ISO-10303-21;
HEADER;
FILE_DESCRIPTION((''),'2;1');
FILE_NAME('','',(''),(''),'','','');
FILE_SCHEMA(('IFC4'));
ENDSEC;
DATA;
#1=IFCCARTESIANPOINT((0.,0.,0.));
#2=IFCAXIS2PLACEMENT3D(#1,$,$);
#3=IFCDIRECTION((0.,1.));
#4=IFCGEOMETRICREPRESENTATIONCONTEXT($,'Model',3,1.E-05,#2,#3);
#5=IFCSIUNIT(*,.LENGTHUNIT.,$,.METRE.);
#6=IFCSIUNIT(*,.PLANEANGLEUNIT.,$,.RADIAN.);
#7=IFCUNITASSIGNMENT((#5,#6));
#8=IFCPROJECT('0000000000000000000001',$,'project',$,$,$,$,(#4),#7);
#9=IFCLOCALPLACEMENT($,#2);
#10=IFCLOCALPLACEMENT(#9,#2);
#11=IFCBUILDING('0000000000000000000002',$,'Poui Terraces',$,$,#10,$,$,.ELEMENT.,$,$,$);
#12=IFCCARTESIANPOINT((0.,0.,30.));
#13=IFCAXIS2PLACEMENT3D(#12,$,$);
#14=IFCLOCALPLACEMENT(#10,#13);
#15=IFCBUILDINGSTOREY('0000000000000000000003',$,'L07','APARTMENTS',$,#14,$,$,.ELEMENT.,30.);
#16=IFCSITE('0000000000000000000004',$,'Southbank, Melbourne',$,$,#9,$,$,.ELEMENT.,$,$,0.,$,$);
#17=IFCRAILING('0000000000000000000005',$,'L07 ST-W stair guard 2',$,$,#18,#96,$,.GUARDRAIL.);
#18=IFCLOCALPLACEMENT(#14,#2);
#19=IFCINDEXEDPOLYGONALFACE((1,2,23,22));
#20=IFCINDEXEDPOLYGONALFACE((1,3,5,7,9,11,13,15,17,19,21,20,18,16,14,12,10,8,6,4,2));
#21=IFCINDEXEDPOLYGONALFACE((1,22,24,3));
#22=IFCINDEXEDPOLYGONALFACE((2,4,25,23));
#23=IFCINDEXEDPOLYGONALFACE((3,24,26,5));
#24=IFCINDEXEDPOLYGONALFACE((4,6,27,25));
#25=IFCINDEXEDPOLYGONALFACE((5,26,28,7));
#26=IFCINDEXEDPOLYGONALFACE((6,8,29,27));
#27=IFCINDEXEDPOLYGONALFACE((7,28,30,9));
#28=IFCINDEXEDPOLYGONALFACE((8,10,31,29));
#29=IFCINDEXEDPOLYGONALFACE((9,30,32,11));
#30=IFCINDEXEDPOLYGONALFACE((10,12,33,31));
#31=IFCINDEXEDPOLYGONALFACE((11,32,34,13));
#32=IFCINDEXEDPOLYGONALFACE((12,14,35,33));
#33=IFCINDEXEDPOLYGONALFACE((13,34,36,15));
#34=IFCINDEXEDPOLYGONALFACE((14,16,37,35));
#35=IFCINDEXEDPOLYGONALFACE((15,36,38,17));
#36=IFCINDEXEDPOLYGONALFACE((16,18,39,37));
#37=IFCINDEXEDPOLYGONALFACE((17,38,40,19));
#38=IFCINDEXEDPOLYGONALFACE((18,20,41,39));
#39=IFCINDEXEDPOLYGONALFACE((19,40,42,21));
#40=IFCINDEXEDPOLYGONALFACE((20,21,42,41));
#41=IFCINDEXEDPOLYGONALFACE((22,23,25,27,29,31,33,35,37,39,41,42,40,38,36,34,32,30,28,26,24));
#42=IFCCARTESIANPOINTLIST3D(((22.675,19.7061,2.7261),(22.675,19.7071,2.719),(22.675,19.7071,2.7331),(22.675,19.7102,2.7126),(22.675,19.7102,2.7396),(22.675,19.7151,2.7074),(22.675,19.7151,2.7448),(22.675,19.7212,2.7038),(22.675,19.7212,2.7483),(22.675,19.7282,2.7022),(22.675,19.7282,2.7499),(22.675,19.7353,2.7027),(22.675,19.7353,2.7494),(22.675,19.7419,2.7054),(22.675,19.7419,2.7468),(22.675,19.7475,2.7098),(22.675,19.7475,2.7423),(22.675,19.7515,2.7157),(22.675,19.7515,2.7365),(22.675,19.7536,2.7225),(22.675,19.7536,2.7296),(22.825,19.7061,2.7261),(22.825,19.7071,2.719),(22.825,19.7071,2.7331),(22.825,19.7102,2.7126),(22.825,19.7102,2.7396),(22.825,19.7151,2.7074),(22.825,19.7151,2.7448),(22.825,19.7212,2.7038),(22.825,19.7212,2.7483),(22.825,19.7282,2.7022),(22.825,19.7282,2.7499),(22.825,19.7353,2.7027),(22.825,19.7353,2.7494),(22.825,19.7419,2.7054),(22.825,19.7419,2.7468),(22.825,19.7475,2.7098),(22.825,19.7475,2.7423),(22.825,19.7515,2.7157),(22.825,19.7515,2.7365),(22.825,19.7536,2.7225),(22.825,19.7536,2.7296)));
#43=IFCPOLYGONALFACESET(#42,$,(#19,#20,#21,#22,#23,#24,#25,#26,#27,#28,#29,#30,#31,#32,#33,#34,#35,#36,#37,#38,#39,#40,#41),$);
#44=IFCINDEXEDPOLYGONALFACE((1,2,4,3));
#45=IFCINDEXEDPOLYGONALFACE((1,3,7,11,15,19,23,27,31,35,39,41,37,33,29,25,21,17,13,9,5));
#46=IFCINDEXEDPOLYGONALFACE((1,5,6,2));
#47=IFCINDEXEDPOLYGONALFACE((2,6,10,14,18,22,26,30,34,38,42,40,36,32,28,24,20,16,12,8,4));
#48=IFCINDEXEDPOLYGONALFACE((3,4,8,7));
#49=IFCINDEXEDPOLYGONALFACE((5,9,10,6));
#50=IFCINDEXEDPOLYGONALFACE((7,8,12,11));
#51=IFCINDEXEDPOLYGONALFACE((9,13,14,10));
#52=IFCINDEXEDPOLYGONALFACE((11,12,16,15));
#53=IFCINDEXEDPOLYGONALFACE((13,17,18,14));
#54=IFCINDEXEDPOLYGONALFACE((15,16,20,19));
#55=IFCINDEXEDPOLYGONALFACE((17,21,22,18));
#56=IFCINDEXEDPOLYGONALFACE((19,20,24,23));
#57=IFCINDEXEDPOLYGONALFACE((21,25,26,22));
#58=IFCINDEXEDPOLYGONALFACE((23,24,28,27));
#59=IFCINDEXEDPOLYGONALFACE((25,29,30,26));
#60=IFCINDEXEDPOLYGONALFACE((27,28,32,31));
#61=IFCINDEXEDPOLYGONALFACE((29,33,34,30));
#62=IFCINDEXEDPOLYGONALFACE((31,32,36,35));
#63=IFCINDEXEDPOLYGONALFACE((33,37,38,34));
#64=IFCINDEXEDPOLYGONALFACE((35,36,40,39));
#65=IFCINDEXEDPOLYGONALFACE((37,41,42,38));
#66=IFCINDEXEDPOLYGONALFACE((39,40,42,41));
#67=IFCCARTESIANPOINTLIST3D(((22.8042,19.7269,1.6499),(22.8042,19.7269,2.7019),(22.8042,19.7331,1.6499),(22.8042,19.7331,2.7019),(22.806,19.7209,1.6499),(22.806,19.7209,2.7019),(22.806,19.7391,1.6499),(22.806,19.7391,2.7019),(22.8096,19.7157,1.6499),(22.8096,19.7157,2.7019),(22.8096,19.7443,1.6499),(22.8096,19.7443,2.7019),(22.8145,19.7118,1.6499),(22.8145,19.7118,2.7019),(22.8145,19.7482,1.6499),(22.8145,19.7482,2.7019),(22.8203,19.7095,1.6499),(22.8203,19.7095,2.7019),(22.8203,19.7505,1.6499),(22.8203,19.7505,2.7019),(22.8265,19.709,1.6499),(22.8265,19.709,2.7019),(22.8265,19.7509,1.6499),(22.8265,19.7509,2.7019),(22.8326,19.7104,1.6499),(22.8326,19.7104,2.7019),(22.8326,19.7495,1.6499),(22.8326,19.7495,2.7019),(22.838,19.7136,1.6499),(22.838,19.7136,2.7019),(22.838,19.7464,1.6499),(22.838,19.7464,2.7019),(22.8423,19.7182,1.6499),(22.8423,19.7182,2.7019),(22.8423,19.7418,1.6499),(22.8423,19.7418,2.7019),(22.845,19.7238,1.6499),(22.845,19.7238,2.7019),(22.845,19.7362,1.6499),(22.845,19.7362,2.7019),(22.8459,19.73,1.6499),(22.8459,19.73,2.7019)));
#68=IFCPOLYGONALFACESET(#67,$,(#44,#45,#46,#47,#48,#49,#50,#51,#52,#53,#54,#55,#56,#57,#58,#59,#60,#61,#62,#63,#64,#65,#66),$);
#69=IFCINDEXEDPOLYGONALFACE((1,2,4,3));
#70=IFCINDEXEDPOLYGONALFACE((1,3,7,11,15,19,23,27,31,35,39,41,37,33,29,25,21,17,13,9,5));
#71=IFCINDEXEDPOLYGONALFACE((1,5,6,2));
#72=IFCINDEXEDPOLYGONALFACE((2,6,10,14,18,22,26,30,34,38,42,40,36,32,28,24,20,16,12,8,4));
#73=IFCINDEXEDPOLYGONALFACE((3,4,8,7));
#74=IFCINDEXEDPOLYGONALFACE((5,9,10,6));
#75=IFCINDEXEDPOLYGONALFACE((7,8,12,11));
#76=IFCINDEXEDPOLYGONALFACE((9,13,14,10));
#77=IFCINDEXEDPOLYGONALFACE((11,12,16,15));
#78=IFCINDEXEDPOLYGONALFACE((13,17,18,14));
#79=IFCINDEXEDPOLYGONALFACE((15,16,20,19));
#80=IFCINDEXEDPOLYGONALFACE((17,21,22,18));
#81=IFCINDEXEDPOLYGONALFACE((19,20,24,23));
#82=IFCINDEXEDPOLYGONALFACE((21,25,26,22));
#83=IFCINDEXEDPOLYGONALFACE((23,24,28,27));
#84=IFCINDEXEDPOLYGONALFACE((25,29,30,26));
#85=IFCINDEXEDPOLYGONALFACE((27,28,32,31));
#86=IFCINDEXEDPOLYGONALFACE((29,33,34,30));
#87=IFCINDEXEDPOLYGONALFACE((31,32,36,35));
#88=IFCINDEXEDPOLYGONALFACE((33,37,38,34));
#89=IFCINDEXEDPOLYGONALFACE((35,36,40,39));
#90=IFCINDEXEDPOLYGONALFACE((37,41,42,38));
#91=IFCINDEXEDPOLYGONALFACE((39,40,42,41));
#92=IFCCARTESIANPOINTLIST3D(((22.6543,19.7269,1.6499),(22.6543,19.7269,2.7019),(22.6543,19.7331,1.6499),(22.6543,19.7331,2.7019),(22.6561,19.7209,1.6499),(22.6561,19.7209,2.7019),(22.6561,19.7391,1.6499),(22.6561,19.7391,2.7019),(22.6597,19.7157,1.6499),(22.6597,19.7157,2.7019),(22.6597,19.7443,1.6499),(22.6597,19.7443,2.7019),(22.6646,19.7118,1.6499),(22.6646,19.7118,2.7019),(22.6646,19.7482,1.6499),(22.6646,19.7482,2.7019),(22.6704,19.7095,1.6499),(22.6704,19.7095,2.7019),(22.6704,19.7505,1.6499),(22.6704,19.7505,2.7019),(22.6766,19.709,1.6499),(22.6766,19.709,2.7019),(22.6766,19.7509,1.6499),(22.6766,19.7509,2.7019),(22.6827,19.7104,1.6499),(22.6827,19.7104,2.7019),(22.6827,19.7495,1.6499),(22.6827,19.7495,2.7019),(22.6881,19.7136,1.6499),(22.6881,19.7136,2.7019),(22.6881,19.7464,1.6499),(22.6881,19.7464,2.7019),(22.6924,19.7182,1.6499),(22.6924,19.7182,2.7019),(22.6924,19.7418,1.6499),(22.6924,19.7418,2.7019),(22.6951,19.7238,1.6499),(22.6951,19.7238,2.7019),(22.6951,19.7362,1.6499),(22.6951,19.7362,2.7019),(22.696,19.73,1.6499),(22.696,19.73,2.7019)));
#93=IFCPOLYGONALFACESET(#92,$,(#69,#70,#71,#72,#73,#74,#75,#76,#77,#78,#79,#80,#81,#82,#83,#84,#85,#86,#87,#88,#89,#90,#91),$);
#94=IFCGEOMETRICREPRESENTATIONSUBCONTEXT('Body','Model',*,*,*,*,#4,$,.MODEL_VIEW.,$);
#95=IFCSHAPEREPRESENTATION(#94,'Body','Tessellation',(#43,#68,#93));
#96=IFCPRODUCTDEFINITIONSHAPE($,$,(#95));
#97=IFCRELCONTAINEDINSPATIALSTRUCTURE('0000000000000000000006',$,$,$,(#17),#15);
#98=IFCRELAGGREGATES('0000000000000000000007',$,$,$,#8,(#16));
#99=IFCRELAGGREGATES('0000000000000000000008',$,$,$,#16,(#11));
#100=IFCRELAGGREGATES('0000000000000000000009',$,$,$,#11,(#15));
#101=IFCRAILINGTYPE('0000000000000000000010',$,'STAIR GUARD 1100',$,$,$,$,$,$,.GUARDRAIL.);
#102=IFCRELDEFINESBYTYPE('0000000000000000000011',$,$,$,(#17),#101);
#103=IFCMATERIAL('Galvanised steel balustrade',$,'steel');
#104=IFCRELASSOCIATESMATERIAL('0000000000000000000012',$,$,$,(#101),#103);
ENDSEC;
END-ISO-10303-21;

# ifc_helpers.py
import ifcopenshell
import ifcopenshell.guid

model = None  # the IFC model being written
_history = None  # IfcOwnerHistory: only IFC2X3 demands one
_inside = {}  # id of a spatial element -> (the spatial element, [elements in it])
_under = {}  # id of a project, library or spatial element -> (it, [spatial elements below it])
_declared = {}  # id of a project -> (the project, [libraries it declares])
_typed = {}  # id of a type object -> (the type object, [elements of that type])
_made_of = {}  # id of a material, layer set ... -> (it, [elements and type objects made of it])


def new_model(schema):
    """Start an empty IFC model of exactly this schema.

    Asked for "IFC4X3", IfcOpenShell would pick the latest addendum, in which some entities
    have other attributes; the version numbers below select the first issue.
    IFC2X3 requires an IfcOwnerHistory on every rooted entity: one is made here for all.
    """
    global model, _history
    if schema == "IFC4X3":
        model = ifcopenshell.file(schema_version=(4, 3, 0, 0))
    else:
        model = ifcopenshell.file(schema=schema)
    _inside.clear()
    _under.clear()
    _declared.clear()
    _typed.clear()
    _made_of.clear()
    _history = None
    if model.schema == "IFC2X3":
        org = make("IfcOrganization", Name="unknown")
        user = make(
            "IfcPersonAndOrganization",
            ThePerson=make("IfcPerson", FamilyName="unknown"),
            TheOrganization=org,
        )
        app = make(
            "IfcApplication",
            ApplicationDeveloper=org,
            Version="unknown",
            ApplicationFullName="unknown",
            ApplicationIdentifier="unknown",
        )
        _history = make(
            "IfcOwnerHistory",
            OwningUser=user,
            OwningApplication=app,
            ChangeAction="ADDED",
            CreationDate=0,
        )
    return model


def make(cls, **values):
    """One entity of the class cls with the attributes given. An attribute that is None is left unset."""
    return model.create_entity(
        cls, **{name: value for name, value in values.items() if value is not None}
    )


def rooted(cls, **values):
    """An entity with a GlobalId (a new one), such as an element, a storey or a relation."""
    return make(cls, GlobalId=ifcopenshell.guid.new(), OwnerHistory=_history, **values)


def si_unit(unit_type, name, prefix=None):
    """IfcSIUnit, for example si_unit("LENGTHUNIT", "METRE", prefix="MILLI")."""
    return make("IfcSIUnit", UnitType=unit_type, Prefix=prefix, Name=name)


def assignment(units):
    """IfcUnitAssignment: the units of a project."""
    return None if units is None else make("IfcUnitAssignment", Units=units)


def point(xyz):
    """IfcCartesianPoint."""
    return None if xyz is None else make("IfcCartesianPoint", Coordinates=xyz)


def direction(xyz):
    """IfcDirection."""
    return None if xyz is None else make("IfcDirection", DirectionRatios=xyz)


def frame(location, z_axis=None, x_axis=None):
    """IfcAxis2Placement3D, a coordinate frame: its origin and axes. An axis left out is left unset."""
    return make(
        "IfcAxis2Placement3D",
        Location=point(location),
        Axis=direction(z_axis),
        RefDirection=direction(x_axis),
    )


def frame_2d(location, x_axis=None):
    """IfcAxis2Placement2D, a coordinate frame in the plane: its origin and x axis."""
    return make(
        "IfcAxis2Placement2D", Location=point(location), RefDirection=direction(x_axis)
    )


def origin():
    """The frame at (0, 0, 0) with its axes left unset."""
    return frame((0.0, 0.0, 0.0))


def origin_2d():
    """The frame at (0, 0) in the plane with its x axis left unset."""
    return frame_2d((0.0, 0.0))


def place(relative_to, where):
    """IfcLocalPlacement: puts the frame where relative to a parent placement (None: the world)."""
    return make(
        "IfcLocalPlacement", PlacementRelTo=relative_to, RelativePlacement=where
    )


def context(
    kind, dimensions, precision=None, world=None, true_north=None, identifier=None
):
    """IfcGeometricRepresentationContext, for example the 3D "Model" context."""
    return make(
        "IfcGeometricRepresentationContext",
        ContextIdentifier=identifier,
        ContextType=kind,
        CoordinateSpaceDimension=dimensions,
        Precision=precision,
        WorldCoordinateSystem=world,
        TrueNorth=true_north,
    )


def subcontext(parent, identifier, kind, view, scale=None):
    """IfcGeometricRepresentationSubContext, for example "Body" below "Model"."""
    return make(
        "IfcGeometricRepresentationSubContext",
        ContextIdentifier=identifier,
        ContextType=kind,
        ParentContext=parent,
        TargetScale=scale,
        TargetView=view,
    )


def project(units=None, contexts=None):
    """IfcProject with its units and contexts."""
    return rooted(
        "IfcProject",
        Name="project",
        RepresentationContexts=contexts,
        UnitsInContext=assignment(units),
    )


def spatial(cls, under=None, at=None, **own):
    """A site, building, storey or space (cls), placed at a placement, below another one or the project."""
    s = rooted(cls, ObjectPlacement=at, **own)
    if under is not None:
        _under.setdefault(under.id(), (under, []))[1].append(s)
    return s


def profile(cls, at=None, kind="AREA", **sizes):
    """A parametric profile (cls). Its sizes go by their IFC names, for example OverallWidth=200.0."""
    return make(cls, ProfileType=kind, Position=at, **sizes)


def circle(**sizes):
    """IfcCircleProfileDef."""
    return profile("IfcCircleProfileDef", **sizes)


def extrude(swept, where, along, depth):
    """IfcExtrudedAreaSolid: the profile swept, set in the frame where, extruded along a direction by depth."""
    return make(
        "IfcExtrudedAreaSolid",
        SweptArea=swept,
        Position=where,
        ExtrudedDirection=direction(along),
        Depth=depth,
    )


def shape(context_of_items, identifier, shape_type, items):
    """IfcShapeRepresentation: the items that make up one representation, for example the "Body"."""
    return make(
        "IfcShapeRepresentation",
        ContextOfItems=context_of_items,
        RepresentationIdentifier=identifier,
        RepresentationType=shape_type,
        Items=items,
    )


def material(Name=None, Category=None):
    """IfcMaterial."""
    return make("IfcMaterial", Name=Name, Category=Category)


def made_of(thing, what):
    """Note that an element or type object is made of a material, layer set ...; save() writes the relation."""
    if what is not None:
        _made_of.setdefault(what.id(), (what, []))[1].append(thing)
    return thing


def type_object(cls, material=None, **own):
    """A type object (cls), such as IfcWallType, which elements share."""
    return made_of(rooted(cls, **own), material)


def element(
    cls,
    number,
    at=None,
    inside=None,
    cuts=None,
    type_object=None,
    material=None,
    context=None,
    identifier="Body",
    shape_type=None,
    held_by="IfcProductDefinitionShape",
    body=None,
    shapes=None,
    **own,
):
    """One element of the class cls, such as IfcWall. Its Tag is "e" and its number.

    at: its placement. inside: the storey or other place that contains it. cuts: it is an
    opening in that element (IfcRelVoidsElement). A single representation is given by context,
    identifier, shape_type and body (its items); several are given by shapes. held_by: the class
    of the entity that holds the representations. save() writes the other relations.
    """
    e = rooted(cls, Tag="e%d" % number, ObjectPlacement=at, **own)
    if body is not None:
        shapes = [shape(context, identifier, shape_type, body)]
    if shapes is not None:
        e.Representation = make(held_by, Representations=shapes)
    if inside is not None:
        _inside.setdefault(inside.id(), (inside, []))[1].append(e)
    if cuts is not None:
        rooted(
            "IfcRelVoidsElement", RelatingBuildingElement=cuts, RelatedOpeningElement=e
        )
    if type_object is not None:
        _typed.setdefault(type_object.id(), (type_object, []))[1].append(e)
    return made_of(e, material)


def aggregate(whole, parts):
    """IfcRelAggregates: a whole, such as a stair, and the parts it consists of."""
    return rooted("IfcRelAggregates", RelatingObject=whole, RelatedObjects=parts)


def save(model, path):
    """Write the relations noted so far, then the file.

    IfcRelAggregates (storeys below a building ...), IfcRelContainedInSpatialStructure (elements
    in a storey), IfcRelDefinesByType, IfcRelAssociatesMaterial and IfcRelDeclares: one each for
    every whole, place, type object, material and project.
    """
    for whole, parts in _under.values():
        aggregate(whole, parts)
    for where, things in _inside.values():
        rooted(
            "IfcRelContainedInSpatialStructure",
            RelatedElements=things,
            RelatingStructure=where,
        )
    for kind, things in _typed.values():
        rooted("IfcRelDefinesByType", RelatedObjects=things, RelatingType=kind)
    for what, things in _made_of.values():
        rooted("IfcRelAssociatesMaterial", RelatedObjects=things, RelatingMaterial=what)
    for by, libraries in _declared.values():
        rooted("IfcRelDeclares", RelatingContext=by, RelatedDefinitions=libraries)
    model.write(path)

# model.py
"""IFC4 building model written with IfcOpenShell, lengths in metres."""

from ifc_helpers import new_model, si_unit, direction, frame, origin, origin_2d, place, context, subcontext, project, spatial, circle, extrude, material, type_object, element, save


model = new_model("IFC4")

# Units and contexts
model_context = context("Model", 3, precision=1e-05, world=origin(), true_north=direction((0.0, 1.0)))
body_context = subcontext(model_context, "Body", "Model", "MODEL_VIEW")
ifc_project = project(units=[si_unit("LENGTHUNIT", "METRE"), si_unit("PLANEANGLEUNIT", "RADIAN")], contexts=[model_context])

# Site, building, storey
site_placement = place(None, origin())
site = spatial("IfcSite", under=ifc_project, at=site_placement, Name="Southbank, Melbourne", CompositionType="ELEMENT", RefElevation=0.0)
building_placement = place(site_placement, origin())
building = spatial("IfcBuilding", under=site, at=building_placement, Name="Poui Terraces", CompositionType="ELEMENT")
storey_placement = place(building_placement, frame((0.0, 0.0, 30.0)))
storey = spatial("IfcBuildingStorey", under=building, at=storey_placement, Name="L07", Description="APARTMENTS", CompositionType="ELEMENT", Elevation=30.0)

# Railing
ifc_material_1 = material(Name="Galvanised steel balustrade", Category="steel")
railing_type_1 = type_object("IfcRailingType", Name="STAIR GUARD 1100", PredefinedType="GUARDRAIL", material=ifc_material_1)
railing_1_placement = place(storey_placement, frame((22.825, 19.73, 1.6499)))
element("IfcRailing", 1, at=railing_1_placement, inside=storey, type_object=railing_type_1, Name="L07 ST-W stair guard 2", PredefinedType="GUARDRAIL", context=body_context, shape_type="SweptSolid", body=[
    extrude(circle(Radius=0.0239, at=origin_2d()), frame((0.0, 0.0, 1.0762), z_axis=(-1.0, 0.0, 0.0), x_axis=(0.0, -1.0, 0.0)), (0.0, 0.0, 1.0), 0.1499),
    extrude(circle(Radius=0.021, at=origin_2d()), origin(), (0.0, 0.0, 1.0), 1.052),
    extrude(circle(Radius=0.021, at=origin_2d()), frame((-0.1499, 0.0, 0.0)), (0.0, 0.0, 1.0), 1.052),
])

save(model, "model.ifc")
